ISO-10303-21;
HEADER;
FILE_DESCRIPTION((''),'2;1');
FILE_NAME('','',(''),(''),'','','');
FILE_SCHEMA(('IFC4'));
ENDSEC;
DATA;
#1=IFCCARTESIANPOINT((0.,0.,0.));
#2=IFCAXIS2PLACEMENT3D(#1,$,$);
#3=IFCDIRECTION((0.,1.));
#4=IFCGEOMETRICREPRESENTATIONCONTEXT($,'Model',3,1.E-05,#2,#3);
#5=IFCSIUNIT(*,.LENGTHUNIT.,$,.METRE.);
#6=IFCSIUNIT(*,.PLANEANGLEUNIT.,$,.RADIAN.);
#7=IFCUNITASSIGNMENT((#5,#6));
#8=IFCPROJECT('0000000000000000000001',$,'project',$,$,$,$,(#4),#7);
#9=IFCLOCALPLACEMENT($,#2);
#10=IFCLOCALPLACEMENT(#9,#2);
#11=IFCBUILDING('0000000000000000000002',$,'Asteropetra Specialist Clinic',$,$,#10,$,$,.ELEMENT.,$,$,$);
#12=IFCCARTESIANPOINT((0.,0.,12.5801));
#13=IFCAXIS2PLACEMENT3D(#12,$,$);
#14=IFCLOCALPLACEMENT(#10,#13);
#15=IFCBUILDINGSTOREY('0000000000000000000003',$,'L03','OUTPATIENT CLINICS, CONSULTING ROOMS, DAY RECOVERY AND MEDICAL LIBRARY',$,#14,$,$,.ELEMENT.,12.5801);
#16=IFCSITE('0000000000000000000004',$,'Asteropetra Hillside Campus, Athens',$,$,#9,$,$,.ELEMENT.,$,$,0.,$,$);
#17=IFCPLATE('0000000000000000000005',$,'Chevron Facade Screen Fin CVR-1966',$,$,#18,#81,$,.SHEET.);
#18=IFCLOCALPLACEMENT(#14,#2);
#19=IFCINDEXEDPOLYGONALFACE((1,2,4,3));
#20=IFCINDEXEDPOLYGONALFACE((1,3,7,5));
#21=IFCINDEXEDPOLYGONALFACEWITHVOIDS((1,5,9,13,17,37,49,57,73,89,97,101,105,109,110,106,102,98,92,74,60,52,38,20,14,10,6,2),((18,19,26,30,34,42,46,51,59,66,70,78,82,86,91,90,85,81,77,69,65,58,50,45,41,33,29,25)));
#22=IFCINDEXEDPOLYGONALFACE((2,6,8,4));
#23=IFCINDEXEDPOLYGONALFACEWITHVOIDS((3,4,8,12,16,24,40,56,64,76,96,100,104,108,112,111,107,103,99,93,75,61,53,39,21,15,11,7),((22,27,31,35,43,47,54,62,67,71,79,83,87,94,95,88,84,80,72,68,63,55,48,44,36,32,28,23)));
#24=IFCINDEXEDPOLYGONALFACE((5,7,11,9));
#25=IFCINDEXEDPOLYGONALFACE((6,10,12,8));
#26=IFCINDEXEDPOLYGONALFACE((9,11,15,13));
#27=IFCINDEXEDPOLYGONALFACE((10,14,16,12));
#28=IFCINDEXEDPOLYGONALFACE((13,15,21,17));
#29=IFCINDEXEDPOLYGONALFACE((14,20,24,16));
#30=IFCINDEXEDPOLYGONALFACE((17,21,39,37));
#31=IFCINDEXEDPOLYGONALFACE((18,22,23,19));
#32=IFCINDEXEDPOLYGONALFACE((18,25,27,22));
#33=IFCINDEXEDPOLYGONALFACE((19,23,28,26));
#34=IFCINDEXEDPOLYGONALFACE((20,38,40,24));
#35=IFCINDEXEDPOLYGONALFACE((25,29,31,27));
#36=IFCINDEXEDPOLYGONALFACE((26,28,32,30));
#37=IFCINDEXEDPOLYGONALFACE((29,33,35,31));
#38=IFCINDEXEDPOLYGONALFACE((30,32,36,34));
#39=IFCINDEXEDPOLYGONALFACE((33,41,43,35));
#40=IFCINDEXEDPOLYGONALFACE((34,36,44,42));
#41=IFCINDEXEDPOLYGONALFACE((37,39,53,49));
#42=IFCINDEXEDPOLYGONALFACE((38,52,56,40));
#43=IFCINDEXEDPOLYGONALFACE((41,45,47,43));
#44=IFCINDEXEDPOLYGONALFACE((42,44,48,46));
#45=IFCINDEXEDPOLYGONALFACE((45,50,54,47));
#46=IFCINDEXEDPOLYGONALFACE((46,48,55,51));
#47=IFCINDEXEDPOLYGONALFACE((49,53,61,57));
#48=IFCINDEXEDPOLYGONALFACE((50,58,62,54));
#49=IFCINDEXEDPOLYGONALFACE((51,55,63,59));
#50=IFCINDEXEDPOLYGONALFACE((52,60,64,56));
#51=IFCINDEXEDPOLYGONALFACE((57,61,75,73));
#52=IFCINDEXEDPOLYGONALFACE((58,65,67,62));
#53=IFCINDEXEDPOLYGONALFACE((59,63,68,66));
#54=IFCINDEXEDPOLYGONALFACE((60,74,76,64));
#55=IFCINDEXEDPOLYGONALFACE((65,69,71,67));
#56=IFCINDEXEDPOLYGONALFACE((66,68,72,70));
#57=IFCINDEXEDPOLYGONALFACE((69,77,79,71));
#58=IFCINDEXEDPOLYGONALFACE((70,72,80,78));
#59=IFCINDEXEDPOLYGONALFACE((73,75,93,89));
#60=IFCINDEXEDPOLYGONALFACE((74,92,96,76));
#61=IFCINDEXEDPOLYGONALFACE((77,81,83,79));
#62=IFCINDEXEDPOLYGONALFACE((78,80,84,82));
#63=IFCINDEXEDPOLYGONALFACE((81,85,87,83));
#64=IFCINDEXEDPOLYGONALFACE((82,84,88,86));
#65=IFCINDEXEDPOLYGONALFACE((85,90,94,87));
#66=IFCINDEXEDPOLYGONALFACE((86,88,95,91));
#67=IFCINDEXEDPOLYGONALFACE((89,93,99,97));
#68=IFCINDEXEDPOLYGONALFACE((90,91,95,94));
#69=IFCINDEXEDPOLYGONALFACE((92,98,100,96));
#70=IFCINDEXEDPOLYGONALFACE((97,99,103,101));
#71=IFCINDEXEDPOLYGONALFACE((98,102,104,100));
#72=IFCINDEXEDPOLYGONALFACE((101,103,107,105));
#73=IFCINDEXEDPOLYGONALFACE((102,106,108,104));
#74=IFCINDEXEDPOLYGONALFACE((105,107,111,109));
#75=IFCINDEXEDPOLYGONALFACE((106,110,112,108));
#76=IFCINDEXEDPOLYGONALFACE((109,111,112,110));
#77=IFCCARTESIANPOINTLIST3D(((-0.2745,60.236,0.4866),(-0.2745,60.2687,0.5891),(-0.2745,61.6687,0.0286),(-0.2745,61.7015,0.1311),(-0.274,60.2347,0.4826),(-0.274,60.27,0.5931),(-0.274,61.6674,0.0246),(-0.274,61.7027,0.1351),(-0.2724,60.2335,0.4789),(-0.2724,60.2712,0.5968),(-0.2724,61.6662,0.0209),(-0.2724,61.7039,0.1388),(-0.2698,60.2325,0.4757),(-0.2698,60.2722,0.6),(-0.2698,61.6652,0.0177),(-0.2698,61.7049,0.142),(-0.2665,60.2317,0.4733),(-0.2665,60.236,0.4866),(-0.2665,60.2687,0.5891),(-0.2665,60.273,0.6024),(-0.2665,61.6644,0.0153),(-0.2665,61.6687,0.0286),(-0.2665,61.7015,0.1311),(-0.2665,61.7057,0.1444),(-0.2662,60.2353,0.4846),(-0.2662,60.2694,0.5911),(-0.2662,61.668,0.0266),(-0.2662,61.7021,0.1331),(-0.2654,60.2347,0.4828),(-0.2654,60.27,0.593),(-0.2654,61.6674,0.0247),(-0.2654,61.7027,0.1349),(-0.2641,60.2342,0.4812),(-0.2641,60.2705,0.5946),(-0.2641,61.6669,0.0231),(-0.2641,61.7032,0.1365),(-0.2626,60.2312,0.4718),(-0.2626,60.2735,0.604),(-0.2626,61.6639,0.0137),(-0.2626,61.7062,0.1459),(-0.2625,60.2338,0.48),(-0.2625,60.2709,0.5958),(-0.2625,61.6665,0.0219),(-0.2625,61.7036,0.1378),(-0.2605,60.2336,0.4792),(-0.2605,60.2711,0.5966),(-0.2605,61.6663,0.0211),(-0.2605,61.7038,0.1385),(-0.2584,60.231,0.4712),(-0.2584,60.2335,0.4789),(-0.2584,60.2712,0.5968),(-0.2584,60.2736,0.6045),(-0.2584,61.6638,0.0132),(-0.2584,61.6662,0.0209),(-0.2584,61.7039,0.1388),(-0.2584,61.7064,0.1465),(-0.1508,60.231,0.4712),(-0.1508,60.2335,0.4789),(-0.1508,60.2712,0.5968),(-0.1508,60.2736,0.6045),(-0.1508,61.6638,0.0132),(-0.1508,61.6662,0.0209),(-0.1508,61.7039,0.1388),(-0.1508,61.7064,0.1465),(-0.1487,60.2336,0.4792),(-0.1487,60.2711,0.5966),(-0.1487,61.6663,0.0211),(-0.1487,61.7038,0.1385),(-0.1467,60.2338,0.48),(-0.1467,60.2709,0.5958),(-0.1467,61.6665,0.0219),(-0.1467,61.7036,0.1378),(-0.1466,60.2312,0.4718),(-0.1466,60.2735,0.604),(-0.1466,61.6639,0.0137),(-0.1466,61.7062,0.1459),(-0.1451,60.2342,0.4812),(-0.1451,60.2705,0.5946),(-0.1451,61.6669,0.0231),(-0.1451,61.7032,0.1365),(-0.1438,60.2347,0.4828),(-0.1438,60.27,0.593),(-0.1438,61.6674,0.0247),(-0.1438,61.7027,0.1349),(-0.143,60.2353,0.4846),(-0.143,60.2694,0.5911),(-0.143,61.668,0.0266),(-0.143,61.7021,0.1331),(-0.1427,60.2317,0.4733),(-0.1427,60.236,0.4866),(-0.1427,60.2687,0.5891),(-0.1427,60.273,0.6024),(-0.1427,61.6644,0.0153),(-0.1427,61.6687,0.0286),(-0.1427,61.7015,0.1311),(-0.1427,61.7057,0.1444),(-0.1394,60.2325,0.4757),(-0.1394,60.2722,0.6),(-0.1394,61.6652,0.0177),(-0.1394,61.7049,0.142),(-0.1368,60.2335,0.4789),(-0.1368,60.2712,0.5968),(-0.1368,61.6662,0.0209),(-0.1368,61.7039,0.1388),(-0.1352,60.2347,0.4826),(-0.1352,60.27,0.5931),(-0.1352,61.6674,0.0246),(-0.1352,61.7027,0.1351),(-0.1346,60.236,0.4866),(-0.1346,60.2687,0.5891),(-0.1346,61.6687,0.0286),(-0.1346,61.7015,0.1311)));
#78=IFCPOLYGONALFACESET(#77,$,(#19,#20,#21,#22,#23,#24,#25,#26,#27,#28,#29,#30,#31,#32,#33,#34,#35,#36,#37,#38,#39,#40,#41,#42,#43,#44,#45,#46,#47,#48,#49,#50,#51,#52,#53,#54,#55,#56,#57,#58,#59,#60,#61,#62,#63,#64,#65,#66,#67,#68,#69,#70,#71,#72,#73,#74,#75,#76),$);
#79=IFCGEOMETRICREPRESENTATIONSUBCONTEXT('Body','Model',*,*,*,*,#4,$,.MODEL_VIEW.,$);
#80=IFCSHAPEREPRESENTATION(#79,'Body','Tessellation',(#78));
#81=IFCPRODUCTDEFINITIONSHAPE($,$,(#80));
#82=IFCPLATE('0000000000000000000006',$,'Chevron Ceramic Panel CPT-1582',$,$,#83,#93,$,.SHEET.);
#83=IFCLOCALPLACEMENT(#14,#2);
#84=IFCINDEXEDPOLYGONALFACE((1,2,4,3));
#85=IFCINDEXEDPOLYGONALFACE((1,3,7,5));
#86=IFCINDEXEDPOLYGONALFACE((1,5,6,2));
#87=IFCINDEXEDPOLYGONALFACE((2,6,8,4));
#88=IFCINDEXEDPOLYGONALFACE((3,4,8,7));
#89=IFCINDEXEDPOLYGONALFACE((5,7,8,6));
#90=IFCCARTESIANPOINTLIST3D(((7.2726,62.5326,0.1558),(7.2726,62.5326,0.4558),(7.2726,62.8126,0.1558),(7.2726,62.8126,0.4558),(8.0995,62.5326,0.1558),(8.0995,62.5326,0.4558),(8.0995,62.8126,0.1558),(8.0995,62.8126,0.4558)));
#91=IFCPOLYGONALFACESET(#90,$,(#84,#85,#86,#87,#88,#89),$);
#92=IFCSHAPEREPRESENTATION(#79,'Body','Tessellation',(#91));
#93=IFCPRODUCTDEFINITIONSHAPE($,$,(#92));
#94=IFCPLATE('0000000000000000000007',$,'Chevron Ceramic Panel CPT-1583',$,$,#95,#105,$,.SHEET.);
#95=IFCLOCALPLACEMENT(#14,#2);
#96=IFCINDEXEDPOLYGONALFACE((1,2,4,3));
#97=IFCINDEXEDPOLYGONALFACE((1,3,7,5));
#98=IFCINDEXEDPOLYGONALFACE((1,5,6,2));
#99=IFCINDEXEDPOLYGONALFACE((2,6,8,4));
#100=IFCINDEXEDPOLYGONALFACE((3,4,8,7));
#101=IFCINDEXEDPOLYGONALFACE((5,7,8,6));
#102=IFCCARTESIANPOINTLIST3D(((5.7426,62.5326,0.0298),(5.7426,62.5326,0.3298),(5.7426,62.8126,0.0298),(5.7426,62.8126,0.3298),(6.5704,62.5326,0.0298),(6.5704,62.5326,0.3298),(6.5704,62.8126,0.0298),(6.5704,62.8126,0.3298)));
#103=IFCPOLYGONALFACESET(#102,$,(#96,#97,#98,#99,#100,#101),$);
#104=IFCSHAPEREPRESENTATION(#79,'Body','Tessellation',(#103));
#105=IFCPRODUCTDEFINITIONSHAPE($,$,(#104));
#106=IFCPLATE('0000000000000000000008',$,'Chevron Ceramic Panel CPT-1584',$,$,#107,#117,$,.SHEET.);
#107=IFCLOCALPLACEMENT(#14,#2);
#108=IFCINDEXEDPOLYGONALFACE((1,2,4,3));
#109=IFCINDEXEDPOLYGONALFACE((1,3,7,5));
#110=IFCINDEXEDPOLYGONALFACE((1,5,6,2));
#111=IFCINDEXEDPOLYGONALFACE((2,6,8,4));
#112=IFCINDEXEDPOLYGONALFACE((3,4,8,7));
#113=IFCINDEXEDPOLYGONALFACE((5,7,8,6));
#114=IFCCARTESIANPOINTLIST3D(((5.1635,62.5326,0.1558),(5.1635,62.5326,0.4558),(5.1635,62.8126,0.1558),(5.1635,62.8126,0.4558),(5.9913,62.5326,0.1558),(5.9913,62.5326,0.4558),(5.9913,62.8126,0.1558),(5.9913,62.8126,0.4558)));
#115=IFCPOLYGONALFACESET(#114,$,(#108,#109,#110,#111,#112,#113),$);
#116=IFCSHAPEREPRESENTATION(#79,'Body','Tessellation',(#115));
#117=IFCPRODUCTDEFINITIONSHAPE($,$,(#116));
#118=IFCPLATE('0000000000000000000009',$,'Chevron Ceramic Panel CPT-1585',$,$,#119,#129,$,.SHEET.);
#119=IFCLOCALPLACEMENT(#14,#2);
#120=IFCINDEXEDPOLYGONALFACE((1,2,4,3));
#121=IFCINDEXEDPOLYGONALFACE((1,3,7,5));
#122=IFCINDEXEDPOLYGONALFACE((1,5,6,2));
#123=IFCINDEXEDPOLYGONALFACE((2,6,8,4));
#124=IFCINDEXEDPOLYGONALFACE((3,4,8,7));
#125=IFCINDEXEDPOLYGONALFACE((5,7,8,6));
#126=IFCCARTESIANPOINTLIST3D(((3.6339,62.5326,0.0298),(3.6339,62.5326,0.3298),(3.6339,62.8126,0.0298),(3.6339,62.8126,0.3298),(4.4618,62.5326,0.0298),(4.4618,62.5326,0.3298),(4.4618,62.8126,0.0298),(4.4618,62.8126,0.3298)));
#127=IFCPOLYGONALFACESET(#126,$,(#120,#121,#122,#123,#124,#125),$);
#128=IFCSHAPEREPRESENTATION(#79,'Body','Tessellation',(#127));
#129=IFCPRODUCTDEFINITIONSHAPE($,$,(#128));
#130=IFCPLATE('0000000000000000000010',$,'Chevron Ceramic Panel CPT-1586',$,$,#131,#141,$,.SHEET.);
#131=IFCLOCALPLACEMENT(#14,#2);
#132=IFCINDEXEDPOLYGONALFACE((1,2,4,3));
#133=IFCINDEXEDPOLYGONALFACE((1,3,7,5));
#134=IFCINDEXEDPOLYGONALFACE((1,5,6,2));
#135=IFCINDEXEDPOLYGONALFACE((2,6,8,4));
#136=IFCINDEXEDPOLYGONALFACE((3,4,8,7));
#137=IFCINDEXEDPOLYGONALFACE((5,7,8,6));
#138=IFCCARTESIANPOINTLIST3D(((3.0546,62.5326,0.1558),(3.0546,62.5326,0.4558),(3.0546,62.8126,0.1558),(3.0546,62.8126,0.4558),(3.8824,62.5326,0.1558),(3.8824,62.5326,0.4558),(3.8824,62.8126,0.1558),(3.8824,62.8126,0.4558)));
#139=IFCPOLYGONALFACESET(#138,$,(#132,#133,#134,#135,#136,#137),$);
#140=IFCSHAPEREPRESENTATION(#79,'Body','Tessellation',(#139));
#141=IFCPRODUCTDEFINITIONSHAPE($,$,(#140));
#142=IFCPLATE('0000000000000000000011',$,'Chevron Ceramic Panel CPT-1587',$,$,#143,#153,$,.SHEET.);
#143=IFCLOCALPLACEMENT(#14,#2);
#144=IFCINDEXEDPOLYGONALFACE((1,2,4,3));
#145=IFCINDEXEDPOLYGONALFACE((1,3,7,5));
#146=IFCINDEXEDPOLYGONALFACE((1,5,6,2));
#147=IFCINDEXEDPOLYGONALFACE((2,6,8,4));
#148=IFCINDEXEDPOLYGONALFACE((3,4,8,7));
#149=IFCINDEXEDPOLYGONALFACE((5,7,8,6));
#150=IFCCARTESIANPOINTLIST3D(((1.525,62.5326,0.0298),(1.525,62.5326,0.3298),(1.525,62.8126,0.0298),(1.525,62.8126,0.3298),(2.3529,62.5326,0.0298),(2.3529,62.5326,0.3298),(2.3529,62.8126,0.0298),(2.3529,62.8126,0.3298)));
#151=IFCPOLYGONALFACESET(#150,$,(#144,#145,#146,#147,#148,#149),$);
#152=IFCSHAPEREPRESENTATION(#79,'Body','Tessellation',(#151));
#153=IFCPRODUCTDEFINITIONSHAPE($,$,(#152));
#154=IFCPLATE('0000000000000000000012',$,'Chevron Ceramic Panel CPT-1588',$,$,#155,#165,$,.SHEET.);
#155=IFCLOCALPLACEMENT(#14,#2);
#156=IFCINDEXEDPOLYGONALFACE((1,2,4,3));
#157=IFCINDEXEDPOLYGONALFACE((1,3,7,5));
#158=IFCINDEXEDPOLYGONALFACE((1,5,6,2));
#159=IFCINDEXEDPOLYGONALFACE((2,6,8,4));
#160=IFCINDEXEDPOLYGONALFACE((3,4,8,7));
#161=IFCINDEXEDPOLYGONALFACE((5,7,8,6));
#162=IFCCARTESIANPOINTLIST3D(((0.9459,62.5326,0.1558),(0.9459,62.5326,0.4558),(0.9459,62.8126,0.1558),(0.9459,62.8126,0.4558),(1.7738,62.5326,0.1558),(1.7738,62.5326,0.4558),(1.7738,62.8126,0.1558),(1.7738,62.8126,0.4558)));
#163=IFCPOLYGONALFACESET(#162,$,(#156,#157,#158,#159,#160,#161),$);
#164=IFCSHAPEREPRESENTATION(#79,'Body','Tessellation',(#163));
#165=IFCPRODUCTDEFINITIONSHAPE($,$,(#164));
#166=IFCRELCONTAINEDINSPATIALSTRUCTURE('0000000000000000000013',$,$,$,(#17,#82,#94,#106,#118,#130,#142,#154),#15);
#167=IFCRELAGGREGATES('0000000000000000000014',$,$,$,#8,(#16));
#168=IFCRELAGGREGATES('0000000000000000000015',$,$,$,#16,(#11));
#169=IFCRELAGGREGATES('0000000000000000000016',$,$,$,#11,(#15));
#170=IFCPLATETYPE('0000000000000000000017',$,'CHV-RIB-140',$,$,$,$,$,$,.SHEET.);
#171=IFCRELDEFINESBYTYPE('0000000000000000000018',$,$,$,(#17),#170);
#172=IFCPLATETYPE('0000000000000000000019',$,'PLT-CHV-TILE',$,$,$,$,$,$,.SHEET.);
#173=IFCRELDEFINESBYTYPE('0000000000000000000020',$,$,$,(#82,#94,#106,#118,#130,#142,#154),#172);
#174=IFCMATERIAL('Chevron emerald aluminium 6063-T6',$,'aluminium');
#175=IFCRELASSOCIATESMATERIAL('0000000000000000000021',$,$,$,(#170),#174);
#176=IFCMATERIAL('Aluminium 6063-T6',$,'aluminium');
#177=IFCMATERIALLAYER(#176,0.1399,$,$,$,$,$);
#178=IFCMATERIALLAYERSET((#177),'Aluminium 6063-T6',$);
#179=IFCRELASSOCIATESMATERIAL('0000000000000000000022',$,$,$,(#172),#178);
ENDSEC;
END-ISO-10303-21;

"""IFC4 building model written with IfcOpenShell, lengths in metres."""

from ifc_helpers import new_model, si_unit, direction, frame, origin, origin_2d, place, context, subcontext, project, spatial, rectangle, hollow_rectangle, extrude, material, layer, layer_set, material_profile, profile_set, type_object, element, save


model = new_model("IFC4")

# Units and contexts
model_context = context("Model", 3, precision=1e-05, world=origin(), true_north=direction((0.0, 1.0)))
body_context = subcontext(model_context, "Body", "Model", "MODEL_VIEW")
ifc_project = project(units=[si_unit("LENGTHUNIT", "METRE"), si_unit("PLANEANGLEUNIT", "RADIAN")], contexts=[model_context])

# Site, building, storey
site_placement = place(None, origin())
site = spatial("IfcSite", under=ifc_project, at=site_placement, Name="Asteropetra Hillside Campus, Athens", CompositionType="ELEMENT", RefElevation=0.0)
building_placement = place(site_placement, origin())
building = spatial("IfcBuilding", under=site, at=building_placement, Name="Asteropetra Specialist Clinic", CompositionType="ELEMENT")
storey_placement = place(building_placement, frame((0.0, 0.0, 12.5801)))
storey = spatial("IfcBuildingStorey", under=building, at=storey_placement, Name="L03", Description="OUTPATIENT CLINICS, CONSULTING ROOMS, DAY RECOVERY AND MEDICAL LIBRARY", CompositionType="ELEMENT", Elevation=12.5801)

# Plates
ifc_material_1 = material(Name="Chevron emerald aluminium 6063-T6", Category="aluminium")
ifc_material_profile_1 = material_profile(ifc_material_1, hollow_rectangle(XDim=0.1399, YDim=0.1399, WallThickness=0.0081, InnerFilletRadius=0.0081, OuterFilletRadius=0.0161, at=origin_2d()), Name="SHS 140x140x8.0")
ifc_profile_set_1 = profile_set([ifc_material_profile_1], Name="Chevron emerald aluminium 6063-T6")
plate_type_1 = type_object("IfcPlateType", Name="CHV-RIB-140", PredefinedType="SHEET", material=ifc_profile_set_1)
plate_1_placement = place(storey_placement, frame((-0.2046, 61.6851, 0.0798), z_axis=(0.0, -0.952507, 0.304517), x_axis=(1.0, 0.0, 0.0)))
element("IfcPlate", 1, at=plate_1_placement, inside=storey, type_object=plate_type_1, Name="Chevron Facade Screen Fin CVR-1966", PredefinedType="SHEET", context=body_context, shape_type="SweptSolid", body=[
    extrude(hollow_rectangle(XDim=0.1399, YDim=0.1399, WallThickness=0.0081, InnerFilletRadius=0.0081, OuterFilletRadius=0.0161, at=origin_2d()), origin(), (0.0, 0.0, 1.0), 1.5042),
])
ifc_material_2 = material(Name="Aluminium 6063-T6", Category="aluminium")
ifc_layer_1 = layer(ifc_material_2, 0.1399)
ifc_layer_set_1 = layer_set([ifc_layer_1], Name="Aluminium 6063-T6")
plate_type_2 = type_object("IfcPlateType", Name="PLT-CHV-TILE", PredefinedType="SHEET", material=ifc_layer_set_1)
plate_2_placement = place(storey_placement, frame((7.686, 62.6726, 0.1558), z_axis=(0.0, 0.0, 1.0), x_axis=(1.0, 0.0, 0.0)))
element("IfcPlate", 2, at=plate_2_placement, inside=storey, type_object=plate_type_2, Name="Chevron Ceramic Panel CPT-1582", PredefinedType="SHEET", context=body_context, shape_type="SweptSolid", body=[
    extrude(rectangle(XDim=0.8269, YDim=0.28, at=origin_2d()), origin(), (0.0, 0.0, 1.0), 0.3),
])
for number, where, z_axis, x_axis, name in (
    (3, (6.1565, 62.6726, 0.0298), (0.0, 0.0, 1.0), (1.0, 0.0, 0.0), "Chevron Ceramic Panel CPT-1583"),
    (4, (5.5774, 62.6726, 0.1558), (0.0, 0.0, 1.0), (1.0, 0.0, 0.0), "Chevron Ceramic Panel CPT-1584"),
    (5, (4.0479, 62.6726, 0.0298), (0.0, 0.0, 1.0), (1.0, 0.0, 0.0), "Chevron Ceramic Panel CPT-1585"),
    (6, (3.4685, 62.6726, 0.1558), (0.0, 0.0, 1.0), (1.0, 0.0, 0.0), "Chevron Ceramic Panel CPT-1586"),
    (7, (1.939, 62.6726, 0.0298), (0.0, 0.0, 1.0), (1.0, 0.0, 0.0), "Chevron Ceramic Panel CPT-1587"),
    (8, (1.3599, 62.6726, 0.1558), (0.0, 0.0, 1.0), (1.0, 0.0, 0.0), "Chevron Ceramic Panel CPT-1588"),
):
    element("IfcPlate", number, at=place(storey_placement, frame(where, z_axis=z_axis, x_axis=x_axis)), inside=storey, type_object=plate_type_2, Name=name, PredefinedType="SHEET", context=body_context, shape_type="SweptSolid", body=[
        extrude(rectangle(XDim=0.8279, YDim=0.28, at=origin_2d()), origin(), (0.0, 0.0, 1.0), 0.3),
    ])

save(model, "model.ifc")
